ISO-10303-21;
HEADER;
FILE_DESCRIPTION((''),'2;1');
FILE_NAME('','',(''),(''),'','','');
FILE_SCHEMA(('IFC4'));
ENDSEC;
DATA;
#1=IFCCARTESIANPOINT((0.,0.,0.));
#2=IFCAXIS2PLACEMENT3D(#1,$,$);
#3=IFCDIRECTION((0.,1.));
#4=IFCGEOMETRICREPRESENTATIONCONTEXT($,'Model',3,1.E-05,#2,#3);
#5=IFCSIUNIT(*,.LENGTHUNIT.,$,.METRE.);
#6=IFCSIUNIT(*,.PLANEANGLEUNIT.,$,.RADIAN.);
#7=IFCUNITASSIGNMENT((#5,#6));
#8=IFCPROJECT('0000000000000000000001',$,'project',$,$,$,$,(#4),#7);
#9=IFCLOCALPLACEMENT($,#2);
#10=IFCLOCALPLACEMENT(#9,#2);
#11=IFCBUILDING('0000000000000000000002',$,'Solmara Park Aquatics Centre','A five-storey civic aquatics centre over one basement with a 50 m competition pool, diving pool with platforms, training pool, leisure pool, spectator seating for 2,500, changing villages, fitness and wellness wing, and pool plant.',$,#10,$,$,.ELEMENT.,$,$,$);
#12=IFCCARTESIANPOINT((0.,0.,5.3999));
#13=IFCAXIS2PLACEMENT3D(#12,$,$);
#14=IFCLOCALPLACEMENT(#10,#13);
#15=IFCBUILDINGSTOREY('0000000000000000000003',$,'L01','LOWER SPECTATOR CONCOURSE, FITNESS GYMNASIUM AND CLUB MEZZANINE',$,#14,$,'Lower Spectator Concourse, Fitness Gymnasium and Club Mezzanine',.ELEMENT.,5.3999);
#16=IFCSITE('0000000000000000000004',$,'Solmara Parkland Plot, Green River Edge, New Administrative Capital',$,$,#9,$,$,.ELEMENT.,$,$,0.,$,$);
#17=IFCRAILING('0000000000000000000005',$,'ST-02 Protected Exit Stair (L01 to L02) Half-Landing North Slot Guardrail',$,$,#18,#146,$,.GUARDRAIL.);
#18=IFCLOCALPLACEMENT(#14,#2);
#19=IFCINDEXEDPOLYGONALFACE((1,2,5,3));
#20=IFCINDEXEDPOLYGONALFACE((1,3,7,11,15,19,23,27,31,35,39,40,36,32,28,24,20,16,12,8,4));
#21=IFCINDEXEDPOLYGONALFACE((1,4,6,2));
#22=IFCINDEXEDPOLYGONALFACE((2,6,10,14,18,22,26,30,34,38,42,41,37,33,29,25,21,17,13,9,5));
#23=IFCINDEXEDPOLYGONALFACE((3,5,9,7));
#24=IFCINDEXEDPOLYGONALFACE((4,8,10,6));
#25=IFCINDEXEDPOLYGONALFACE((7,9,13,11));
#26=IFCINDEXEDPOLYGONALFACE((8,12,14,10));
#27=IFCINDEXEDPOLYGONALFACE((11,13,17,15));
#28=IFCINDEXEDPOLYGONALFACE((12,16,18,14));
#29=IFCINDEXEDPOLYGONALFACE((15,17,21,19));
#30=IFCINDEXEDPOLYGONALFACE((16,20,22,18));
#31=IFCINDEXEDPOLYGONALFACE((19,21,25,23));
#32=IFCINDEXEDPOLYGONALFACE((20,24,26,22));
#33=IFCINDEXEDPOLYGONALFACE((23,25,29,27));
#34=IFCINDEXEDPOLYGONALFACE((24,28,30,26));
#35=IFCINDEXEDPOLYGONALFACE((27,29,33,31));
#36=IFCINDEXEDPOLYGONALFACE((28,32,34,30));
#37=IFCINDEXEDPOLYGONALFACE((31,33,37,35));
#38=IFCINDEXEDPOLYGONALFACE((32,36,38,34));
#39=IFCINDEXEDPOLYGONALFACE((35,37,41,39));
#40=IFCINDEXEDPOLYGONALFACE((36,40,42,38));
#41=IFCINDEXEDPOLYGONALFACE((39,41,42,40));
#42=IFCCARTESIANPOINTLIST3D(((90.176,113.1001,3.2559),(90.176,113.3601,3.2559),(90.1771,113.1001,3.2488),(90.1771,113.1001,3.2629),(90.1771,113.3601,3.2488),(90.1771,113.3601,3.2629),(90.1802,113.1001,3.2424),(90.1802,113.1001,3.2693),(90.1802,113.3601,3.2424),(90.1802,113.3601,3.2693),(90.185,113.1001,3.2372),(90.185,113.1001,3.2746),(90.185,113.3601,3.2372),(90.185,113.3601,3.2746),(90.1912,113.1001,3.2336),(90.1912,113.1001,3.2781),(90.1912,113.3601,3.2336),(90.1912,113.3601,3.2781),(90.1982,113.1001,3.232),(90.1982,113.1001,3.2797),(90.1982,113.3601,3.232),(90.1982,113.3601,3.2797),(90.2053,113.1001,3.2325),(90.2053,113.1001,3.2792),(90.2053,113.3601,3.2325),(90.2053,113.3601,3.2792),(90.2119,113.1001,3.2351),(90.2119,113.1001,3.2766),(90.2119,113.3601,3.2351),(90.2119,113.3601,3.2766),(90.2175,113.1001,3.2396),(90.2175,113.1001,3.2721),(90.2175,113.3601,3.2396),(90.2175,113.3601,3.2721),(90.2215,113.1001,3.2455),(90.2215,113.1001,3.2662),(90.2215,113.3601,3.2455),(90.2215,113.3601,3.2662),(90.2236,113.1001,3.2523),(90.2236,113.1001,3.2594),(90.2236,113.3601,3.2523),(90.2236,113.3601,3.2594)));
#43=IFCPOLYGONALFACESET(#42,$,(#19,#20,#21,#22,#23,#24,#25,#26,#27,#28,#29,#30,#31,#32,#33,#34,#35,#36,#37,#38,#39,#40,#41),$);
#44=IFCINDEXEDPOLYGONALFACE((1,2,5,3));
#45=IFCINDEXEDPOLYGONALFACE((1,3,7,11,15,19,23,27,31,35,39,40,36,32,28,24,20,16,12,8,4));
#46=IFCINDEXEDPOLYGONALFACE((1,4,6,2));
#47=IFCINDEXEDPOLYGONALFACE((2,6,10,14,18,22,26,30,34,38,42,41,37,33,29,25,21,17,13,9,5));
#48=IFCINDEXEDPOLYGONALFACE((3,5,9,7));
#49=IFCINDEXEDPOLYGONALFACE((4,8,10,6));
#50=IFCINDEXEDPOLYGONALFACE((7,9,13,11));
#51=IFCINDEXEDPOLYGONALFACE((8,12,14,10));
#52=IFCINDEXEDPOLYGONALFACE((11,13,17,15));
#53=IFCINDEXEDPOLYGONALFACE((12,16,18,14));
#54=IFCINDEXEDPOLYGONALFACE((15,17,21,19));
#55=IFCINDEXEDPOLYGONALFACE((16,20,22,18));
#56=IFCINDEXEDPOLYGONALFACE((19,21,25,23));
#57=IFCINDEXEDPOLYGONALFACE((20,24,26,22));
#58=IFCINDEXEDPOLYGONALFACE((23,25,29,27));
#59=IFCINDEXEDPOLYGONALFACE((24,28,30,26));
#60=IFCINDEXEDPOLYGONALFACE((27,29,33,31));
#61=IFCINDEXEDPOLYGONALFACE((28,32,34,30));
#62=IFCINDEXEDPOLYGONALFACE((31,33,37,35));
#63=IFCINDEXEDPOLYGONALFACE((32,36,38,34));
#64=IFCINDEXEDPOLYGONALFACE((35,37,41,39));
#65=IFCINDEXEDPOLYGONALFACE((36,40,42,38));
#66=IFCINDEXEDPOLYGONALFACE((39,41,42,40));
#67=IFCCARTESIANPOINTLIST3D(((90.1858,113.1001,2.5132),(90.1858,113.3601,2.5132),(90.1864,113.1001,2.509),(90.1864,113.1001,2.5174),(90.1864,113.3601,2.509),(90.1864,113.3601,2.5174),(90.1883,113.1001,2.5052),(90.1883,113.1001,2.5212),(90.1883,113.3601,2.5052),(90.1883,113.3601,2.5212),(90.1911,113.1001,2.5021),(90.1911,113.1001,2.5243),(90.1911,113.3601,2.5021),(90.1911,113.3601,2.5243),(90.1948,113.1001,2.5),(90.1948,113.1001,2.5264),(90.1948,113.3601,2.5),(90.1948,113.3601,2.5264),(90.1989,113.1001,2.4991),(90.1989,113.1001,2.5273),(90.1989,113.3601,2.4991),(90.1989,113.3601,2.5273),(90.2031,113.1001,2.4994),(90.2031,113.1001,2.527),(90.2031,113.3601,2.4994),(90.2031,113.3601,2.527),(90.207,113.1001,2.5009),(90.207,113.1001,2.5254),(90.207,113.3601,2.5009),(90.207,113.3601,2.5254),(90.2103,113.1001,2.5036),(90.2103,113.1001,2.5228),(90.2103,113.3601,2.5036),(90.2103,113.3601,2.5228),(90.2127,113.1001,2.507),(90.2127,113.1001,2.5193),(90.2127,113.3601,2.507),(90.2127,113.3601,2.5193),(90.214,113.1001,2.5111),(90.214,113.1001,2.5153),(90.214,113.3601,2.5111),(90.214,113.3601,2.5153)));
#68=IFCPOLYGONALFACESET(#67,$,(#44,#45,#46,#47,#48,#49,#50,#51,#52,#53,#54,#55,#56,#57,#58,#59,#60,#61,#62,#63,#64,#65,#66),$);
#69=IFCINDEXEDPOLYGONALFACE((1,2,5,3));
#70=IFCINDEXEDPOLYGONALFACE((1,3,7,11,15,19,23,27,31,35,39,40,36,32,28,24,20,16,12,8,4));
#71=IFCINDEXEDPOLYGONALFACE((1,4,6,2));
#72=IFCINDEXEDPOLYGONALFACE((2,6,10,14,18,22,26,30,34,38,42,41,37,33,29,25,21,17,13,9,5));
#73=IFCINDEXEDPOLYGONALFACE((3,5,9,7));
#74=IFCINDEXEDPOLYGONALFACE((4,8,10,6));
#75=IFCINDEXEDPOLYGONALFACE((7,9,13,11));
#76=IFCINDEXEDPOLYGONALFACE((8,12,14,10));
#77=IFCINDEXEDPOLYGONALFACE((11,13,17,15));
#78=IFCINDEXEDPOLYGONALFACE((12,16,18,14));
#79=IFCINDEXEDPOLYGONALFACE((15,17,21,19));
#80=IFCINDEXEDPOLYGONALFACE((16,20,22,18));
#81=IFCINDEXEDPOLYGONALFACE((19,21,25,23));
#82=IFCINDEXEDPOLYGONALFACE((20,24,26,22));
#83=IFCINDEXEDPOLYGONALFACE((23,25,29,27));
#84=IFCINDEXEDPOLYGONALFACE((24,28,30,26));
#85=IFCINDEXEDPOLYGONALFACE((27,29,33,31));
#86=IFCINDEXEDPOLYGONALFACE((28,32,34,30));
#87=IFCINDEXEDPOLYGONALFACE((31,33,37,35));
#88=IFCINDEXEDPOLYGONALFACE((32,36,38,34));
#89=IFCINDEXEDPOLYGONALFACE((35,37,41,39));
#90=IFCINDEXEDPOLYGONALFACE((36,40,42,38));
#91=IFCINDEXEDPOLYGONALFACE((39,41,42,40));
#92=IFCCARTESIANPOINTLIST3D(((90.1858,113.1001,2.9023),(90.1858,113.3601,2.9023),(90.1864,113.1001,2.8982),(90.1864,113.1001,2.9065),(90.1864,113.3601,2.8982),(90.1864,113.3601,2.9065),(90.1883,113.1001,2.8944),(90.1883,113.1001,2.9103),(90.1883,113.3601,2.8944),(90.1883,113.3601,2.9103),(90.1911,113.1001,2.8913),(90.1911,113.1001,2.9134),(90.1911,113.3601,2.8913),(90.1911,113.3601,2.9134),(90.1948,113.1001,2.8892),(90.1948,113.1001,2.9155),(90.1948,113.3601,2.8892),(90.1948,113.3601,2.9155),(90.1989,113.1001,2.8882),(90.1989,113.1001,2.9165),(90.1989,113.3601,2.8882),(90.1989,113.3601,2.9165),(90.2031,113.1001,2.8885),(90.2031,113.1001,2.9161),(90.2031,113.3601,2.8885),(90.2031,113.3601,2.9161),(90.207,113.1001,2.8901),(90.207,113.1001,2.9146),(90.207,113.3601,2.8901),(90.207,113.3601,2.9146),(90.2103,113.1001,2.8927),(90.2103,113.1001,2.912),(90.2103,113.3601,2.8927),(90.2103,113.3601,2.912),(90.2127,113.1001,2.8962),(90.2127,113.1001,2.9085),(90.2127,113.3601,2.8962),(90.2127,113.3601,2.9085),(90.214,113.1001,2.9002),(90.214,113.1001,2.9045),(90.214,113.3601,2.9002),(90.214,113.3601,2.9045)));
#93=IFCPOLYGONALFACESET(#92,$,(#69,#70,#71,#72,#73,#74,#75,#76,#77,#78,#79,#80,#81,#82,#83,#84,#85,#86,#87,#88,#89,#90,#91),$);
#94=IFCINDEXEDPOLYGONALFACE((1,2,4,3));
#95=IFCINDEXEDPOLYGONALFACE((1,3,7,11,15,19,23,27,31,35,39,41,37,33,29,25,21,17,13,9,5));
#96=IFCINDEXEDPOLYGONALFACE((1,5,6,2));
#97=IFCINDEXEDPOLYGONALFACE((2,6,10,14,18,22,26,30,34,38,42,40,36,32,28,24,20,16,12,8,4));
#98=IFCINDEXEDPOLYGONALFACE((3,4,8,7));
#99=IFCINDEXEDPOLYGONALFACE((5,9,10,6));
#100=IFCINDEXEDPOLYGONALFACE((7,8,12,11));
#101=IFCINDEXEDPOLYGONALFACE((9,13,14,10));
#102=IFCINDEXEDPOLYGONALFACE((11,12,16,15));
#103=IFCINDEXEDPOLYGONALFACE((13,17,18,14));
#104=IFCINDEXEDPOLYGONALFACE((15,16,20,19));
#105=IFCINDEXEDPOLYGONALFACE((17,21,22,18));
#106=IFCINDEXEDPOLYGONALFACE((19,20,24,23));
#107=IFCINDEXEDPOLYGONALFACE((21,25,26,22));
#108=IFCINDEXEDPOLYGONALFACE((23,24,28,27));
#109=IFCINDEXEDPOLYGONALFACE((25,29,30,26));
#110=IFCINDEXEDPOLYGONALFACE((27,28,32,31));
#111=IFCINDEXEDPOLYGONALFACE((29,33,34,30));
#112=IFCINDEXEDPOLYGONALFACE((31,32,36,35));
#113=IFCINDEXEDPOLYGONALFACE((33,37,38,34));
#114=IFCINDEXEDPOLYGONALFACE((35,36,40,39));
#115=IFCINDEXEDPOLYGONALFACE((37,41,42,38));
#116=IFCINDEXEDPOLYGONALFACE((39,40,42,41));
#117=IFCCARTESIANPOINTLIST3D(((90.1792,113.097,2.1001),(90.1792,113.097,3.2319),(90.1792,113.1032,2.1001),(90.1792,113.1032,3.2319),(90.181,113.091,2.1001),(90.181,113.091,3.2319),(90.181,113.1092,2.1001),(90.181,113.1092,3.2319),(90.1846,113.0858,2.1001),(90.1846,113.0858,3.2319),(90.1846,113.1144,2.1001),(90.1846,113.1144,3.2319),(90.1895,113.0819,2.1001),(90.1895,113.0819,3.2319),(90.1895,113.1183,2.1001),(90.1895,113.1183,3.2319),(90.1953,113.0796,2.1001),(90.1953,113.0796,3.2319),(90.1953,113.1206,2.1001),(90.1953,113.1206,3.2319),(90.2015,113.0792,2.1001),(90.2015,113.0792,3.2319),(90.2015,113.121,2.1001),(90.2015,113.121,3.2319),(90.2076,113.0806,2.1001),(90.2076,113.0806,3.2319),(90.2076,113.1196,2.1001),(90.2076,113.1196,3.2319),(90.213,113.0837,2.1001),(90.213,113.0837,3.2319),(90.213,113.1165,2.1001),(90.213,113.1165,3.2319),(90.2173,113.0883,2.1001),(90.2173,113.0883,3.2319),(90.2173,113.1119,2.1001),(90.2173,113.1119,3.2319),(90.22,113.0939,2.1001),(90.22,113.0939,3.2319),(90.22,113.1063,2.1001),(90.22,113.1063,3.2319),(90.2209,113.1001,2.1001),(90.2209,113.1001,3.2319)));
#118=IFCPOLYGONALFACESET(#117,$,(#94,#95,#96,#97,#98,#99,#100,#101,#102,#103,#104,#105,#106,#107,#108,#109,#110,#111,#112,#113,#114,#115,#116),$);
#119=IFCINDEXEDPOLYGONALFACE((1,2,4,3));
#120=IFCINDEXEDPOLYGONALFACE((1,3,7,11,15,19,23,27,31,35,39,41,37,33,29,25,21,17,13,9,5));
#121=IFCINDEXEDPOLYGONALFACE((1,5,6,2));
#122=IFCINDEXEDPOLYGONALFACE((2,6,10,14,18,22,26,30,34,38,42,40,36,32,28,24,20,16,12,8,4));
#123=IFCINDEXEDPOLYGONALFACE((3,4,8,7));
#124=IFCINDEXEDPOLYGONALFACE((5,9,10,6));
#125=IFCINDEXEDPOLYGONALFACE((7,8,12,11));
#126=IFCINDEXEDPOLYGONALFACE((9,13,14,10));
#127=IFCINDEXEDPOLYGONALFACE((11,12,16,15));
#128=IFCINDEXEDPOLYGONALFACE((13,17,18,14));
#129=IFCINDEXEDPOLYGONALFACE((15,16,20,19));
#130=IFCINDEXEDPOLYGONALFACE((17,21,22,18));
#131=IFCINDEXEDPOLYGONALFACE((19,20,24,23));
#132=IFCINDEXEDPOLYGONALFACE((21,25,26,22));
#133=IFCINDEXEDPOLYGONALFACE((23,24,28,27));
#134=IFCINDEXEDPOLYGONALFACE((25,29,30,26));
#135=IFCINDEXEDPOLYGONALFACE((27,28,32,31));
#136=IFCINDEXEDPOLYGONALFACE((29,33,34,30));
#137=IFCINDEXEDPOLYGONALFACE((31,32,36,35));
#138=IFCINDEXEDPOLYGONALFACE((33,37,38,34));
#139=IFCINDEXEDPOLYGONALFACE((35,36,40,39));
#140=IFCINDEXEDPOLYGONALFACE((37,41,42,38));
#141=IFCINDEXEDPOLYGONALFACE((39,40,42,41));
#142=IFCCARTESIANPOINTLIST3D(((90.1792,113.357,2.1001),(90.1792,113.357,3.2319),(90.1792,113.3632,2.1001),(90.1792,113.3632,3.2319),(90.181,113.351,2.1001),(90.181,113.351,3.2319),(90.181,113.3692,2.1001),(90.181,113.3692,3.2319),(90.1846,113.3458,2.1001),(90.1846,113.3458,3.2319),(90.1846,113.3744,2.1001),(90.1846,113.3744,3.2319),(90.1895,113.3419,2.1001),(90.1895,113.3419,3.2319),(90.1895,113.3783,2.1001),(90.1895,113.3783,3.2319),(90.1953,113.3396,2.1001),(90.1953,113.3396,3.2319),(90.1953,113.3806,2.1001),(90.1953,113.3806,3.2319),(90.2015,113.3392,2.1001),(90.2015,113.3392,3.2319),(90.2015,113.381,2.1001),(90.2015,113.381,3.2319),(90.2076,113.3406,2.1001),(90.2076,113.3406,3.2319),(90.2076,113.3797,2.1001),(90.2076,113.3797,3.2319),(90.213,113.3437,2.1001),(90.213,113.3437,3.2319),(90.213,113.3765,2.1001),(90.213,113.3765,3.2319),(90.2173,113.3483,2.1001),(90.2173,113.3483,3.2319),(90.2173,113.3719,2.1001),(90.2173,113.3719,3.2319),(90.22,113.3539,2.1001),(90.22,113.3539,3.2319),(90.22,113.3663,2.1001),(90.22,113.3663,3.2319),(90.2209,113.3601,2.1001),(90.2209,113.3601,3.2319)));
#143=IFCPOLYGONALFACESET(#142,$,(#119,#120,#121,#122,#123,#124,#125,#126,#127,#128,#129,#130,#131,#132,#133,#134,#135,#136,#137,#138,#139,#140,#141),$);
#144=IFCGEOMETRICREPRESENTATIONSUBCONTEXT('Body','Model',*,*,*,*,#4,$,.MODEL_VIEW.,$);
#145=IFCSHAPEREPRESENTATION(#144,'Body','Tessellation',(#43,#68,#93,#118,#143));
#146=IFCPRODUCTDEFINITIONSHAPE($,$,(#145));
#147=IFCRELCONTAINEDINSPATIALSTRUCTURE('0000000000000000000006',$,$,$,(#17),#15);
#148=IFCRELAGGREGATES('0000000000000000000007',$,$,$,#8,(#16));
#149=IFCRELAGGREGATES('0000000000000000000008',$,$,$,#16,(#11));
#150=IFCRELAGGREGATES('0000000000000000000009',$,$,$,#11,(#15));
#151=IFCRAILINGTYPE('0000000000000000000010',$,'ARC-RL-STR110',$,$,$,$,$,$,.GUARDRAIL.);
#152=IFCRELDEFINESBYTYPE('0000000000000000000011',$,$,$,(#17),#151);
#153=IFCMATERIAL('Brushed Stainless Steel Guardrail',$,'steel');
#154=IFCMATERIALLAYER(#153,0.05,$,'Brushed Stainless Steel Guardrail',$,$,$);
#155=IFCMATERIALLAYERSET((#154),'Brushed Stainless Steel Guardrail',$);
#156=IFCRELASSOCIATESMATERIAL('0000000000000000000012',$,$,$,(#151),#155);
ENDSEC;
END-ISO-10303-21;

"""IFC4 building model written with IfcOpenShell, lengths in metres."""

from ifc_helpers import new_model, si_unit, direction, frame, origin, origin_2d, place, context, subcontext, project, spatial, circle, extrude, material, layer, layer_set, type_object, element, save


model = new_model("IFC4")

# Units and contexts
model_context = context("Model", 3, precision=1e-05, world=origin(), true_north=direction((0.0, 1.0)))
body_context = subcontext(model_context, "Body", "Model", "MODEL_VIEW")
ifc_project = project(units=[si_unit("LENGTHUNIT", "METRE"), si_unit("PLANEANGLEUNIT", "RADIAN")], contexts=[model_context])

# Site, building, storey
site_placement = place(None, origin())
site = spatial("IfcSite", under=ifc_project, at=site_placement, Name="Solmara Parkland Plot, Green River Edge, New Administrative Capital", CompositionType="ELEMENT", RefElevation=0.0)
building_placement = place(site_placement, origin())
building = spatial("IfcBuilding", under=site, at=building_placement, Name="Solmara Park Aquatics Centre", Description="A five-storey civic aquatics centre over one basement with a 50 m competition pool, diving pool with platforms, training pool, leisure pool, spectator seating for 2,500, changing villages, fitness and wellness wing, and pool plant.", CompositionType="ELEMENT")
storey_placement = place(building_placement, frame((0.0, 0.0, 5.3999)))
storey = spatial("IfcBuildingStorey", under=building, at=storey_placement, Name="L01", Description="LOWER SPECTATOR CONCOURSE, FITNESS GYMNASIUM AND CLUB MEZZANINE", LongName="Lower Spectator Concourse, Fitness Gymnasium and Club Mezzanine", CompositionType="ELEMENT", Elevation=5.3999)

# Railing
ifc_material_1 = material(Name="Brushed Stainless Steel Guardrail", Category="steel")
ifc_layer_1 = layer(ifc_material_1, 0.05, Name="Brushed Stainless Steel Guardrail")
ifc_layer_set_1 = layer_set([ifc_layer_1], Name="Brushed Stainless Steel Guardrail")
railing_type_1 = type_object("IfcRailingType", Name="ARC-RL-STR110", PredefinedType="GUARDRAIL", material=ifc_layer_set_1)
railing_1_placement = place(storey_placement, frame((90.2, 113.1001, 2.1001)))
element("IfcRailing", 1, at=railing_1_placement, inside=storey, type_object=railing_type_1, Name="ST-02 Protected Exit Stair (L01 to L02) Half-Landing North Slot Guardrail", PredefinedType="GUARDRAIL", context=body_context, shape_type="SweptSolid", body=[
    extrude(circle(Radius=0.0239, at=origin_2d()), frame((0.0, 0.0, 1.1558), z_axis=(0.0, 1.0, 0.0), x_axis=(-1.0, 0.0, 0.0)), (0.0, 0.0, 1.0), 0.26),
    extrude(circle(Radius=0.0142, at=origin_2d()), frame((0.0, 0.0, 0.4131), z_axis=(0.0, 1.0, 0.0), x_axis=(-1.0, 0.0, 0.0)), (0.0, 0.0, 1.0), 0.26),
    extrude(circle(Radius=0.0142, at=origin_2d()), frame((0.0, 0.0, 0.8022), z_axis=(0.0, 1.0, 0.0), x_axis=(-1.0, 0.0, 0.0)), (0.0, 0.0, 1.0), 0.26),
    extrude(circle(Radius=0.021, at=origin_2d()), origin(), (0.0, 0.0, 1.0), 1.1318),
    extrude(circle(Radius=0.021, at=origin_2d()), frame((0.0, 0.26, 0.0)), (0.0, 0.0, 1.0), 1.1318),
])

save(model, "model.ifc")
